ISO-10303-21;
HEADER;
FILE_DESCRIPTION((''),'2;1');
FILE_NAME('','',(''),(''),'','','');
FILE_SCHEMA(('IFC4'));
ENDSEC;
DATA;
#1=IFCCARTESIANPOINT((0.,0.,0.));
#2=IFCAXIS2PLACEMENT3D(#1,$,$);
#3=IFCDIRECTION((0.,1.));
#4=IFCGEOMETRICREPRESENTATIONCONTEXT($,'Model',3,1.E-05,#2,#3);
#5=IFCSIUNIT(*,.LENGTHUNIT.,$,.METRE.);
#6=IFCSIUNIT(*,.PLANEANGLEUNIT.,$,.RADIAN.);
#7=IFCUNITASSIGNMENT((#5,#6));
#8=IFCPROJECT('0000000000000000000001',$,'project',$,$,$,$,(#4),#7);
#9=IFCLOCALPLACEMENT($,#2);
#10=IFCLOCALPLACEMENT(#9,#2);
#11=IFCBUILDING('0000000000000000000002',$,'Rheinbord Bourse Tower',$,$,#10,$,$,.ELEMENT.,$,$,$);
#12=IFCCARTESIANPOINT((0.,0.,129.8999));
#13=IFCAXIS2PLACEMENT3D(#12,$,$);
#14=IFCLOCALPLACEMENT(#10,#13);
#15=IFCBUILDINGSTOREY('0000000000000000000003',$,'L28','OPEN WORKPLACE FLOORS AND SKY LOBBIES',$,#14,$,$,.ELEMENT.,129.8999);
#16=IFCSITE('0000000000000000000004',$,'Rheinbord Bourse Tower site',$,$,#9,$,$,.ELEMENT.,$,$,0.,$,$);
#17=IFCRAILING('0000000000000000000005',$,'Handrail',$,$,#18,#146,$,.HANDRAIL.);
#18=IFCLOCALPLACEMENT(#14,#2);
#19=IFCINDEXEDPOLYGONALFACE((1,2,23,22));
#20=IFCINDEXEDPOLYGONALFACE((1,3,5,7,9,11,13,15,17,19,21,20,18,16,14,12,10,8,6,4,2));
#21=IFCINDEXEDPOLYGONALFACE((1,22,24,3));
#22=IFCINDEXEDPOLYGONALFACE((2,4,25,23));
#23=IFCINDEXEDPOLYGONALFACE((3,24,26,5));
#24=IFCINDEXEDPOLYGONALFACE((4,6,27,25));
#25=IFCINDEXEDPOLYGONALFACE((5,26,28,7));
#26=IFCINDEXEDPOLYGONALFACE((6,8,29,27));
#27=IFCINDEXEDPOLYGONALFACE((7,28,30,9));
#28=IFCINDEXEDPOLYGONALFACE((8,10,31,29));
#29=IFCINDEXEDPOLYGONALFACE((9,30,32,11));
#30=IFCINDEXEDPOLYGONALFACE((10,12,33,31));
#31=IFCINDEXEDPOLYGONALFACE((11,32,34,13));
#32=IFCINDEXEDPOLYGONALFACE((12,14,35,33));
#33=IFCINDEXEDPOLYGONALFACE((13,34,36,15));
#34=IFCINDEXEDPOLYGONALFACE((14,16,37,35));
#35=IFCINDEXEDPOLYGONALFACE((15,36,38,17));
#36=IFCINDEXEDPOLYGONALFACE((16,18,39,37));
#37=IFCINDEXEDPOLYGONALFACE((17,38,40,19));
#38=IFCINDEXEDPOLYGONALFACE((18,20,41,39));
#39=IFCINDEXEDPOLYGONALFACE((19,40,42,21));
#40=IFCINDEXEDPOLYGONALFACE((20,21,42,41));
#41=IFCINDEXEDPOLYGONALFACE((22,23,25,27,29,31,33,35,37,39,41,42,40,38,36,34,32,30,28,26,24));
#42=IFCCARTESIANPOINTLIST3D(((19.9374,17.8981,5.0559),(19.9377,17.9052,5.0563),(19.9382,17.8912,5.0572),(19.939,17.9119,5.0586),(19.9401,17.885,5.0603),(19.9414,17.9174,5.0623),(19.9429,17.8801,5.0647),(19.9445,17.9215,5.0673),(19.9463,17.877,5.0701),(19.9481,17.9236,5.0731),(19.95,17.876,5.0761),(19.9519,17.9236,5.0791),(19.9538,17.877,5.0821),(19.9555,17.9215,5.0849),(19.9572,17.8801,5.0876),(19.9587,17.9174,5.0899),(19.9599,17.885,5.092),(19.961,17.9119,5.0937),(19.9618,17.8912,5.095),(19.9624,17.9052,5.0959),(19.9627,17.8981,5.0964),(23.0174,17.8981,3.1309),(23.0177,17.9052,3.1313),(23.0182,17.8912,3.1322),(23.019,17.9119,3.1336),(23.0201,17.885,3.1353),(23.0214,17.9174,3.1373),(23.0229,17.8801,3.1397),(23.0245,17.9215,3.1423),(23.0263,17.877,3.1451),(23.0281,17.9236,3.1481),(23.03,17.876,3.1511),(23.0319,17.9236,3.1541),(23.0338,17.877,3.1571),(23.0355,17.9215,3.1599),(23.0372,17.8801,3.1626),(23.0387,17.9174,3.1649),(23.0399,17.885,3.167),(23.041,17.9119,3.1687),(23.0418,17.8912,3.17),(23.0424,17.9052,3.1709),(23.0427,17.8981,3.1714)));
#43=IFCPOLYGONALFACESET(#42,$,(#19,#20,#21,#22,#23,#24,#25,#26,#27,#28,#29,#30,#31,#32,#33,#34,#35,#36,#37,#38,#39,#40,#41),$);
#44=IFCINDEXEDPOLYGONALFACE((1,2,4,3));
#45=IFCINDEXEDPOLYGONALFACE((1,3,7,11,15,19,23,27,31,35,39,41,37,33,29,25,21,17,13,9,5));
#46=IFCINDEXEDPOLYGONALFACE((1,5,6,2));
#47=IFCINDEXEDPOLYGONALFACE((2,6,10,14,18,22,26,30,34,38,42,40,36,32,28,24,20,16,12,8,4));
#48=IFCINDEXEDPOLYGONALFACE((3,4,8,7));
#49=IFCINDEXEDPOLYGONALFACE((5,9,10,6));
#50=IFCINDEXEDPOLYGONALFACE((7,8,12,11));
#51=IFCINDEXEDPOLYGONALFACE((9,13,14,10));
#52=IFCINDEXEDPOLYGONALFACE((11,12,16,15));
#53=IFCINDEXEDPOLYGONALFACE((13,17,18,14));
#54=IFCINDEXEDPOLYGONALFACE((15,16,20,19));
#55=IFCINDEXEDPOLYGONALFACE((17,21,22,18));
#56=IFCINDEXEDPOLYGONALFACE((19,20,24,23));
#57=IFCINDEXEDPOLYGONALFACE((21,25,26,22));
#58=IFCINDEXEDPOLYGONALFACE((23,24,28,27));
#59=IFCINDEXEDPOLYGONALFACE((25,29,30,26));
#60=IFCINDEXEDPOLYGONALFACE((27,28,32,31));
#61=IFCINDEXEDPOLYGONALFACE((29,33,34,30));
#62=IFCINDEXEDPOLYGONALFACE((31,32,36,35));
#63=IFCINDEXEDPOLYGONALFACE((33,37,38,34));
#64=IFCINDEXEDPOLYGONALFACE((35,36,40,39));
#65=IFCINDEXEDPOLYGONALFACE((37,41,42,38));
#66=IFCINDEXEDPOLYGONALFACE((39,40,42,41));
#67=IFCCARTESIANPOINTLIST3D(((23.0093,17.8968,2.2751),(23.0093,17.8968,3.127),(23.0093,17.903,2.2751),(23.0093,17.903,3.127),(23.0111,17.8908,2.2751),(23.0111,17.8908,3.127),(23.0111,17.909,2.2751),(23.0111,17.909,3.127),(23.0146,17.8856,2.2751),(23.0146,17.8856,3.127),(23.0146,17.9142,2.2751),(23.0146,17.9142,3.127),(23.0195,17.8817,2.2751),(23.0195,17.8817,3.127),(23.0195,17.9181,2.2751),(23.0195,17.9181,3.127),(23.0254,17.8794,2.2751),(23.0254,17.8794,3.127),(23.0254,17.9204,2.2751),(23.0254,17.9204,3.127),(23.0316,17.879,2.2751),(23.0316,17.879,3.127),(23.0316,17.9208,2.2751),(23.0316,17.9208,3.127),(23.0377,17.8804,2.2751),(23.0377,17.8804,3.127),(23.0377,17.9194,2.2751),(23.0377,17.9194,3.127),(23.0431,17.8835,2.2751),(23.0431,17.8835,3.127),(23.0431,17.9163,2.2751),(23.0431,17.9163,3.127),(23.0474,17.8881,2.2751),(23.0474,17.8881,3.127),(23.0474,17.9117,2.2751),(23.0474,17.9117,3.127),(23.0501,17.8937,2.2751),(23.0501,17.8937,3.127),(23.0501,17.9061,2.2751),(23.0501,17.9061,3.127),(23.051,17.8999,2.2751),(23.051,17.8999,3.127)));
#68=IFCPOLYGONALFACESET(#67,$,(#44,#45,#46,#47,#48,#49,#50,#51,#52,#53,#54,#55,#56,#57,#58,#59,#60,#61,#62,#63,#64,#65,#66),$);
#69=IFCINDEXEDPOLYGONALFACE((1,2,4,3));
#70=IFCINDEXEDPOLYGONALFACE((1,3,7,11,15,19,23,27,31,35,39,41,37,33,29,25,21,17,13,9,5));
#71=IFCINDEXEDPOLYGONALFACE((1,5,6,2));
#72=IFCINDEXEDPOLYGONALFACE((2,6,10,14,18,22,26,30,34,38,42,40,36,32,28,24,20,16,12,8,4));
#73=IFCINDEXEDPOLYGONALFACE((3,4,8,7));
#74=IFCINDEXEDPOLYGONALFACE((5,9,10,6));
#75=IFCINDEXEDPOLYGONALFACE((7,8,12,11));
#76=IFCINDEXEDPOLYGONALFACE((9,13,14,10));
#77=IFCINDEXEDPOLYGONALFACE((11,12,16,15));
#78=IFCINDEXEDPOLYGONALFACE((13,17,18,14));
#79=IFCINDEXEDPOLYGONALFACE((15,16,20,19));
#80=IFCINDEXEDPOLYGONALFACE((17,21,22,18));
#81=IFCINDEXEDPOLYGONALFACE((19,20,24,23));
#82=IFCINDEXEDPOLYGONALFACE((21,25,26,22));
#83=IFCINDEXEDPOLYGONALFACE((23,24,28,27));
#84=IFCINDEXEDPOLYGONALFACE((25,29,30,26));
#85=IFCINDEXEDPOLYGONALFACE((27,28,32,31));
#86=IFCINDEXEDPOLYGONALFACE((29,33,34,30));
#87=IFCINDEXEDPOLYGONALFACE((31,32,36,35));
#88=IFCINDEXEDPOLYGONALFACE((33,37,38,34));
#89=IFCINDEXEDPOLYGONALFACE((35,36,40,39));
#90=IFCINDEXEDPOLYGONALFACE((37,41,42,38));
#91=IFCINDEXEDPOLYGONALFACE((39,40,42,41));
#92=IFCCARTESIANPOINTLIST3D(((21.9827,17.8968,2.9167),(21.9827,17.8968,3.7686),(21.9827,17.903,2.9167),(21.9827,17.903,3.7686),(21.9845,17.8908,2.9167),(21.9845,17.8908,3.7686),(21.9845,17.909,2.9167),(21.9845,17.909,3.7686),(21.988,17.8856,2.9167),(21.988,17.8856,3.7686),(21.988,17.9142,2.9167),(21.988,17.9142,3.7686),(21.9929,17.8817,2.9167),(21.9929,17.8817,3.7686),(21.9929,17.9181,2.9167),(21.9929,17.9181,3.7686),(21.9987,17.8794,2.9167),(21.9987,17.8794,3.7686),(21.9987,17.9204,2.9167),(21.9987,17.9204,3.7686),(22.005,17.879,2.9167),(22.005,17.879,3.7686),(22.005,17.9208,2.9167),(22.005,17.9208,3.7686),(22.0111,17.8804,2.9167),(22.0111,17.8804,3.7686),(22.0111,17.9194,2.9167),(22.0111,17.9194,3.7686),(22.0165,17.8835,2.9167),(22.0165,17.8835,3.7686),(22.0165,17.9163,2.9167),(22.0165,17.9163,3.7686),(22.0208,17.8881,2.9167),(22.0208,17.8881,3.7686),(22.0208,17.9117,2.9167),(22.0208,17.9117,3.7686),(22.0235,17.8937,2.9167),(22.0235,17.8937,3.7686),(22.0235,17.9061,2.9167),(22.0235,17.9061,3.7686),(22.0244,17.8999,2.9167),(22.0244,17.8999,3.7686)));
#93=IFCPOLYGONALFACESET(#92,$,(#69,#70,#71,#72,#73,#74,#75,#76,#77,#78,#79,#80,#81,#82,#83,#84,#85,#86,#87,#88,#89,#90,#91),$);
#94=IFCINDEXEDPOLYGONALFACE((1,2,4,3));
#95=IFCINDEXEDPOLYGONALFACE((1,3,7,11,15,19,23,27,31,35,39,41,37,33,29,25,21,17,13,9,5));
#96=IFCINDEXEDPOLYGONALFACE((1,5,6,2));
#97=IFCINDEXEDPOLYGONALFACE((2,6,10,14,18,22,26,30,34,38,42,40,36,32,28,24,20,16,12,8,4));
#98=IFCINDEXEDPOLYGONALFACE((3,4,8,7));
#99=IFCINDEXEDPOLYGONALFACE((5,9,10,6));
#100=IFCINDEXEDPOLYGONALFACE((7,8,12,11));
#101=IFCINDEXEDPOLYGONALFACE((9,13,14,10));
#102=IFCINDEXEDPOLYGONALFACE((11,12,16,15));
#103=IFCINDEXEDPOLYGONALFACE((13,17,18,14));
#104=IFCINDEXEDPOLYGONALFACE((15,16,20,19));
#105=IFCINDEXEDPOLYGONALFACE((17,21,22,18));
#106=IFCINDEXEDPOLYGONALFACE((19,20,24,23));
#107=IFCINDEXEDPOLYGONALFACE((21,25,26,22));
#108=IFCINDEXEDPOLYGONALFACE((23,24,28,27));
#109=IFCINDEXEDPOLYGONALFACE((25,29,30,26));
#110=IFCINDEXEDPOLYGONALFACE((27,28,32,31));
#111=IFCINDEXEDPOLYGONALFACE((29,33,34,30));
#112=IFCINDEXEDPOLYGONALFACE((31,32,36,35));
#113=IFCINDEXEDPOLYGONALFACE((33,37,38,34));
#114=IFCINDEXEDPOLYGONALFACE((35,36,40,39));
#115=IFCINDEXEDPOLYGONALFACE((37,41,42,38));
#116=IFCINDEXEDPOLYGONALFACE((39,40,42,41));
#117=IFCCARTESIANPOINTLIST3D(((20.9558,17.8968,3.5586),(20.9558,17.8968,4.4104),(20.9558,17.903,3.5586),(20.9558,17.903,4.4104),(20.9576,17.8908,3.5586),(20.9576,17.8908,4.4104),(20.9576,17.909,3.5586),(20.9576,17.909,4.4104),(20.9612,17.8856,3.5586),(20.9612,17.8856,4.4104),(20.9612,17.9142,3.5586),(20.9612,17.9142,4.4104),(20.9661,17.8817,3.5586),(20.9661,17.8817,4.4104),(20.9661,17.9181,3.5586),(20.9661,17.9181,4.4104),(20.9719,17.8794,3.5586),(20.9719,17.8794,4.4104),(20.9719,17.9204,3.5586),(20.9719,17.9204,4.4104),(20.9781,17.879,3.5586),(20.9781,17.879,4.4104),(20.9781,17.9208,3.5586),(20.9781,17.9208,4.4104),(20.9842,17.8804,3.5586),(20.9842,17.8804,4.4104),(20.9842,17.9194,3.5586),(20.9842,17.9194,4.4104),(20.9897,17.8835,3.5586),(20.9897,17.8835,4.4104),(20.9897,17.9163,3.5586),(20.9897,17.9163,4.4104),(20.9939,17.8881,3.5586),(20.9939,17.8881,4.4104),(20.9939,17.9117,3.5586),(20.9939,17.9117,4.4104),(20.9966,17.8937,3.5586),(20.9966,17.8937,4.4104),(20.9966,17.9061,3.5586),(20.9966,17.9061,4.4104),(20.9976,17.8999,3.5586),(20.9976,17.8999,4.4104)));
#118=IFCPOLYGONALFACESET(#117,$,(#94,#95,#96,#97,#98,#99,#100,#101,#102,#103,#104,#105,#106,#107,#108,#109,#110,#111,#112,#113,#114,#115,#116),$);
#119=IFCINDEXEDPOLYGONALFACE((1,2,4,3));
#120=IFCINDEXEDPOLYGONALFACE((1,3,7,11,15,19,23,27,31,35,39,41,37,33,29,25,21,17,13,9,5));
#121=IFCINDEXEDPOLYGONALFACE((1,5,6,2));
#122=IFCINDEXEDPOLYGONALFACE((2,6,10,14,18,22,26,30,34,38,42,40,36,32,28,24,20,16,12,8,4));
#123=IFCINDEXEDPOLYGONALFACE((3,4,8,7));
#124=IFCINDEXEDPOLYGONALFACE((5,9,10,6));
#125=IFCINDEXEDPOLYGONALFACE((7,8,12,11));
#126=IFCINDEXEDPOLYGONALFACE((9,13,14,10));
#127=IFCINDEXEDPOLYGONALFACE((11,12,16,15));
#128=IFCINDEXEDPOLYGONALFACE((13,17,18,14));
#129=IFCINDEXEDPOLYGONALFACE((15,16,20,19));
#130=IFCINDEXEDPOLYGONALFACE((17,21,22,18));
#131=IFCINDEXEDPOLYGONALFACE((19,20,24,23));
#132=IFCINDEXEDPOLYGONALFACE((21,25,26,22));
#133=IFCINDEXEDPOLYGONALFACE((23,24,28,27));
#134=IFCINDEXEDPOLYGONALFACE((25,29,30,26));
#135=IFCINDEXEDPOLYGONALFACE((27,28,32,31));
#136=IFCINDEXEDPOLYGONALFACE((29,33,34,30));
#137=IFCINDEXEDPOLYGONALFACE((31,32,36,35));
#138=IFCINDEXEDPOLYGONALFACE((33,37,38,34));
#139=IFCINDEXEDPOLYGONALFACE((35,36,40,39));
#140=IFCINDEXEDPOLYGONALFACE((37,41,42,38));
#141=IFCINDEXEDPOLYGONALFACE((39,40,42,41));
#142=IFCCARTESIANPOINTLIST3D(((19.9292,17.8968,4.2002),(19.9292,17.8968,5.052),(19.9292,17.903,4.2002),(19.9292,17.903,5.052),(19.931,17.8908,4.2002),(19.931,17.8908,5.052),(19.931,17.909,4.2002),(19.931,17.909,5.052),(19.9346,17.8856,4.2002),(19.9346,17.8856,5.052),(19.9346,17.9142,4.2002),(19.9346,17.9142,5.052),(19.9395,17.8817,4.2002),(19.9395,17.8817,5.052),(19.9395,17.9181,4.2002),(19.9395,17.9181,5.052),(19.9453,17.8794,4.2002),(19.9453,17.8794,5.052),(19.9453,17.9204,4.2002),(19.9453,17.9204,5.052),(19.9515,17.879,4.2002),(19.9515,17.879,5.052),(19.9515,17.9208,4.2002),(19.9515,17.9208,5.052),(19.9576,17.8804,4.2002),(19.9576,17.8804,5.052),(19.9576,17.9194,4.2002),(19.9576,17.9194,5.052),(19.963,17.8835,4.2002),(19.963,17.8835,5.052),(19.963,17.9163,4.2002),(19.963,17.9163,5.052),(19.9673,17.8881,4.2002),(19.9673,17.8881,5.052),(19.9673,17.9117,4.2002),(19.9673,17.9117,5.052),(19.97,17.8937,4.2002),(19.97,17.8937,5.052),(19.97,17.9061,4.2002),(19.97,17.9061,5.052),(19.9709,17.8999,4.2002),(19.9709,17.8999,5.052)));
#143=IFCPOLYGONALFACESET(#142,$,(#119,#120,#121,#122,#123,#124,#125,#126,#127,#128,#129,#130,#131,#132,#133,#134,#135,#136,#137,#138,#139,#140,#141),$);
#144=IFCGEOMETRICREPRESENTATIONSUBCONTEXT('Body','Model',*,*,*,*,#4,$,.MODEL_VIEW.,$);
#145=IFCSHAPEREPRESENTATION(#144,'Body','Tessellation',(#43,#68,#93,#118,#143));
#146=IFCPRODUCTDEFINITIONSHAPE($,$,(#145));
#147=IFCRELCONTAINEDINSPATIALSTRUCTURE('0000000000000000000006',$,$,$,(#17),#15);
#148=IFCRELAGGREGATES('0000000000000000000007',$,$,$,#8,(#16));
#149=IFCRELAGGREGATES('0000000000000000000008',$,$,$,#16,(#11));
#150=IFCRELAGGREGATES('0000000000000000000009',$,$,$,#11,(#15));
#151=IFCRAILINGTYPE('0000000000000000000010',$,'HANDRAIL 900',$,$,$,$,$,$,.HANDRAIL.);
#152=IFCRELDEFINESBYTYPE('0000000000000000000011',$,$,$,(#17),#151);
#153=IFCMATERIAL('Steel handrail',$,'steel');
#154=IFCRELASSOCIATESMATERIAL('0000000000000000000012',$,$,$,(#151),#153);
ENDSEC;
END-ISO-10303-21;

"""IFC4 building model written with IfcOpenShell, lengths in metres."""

from ifc_helpers import new_model, si_unit, direction, frame, origin, origin_2d, place, context, subcontext, project, spatial, circle, extrude, material, type_object, element, save


model = new_model("IFC4")

# Units and contexts
model_context = context("Model", 3, precision=1e-05, world=origin(), true_north=direction((0.0, 1.0)))
body_context = subcontext(model_context, "Body", "Model", "MODEL_VIEW")
ifc_project = project(units=[si_unit("LENGTHUNIT", "METRE"), si_unit("PLANEANGLEUNIT", "RADIAN")], contexts=[model_context])

# Site, building, storey
site_placement = place(None, origin())
site = spatial("IfcSite", under=ifc_project, at=site_placement, Name="Rheinbord Bourse Tower site", CompositionType="ELEMENT", RefElevation=0.0)
building_placement = place(site_placement, origin())
building = spatial("IfcBuilding", under=site, at=building_placement, Name="Rheinbord Bourse Tower", CompositionType="ELEMENT")
storey_placement = place(building_placement, frame((0.0, 0.0, 129.8999)))
storey = spatial("IfcBuildingStorey", under=building, at=storey_placement, Name="L28", Description="OPEN WORKPLACE FLOORS AND SKY LOBBIES", CompositionType="ELEMENT", Elevation=129.8999)

# Railing
ifc_material_1 = material(Name="Steel handrail", Category="steel")
railing_type = type_object("IfcRailingType", Name="HANDRAIL 900", PredefinedType="HANDRAIL", material=ifc_material_1)
railing_1_placement = place(storey_placement, frame((23.03, 17.8999, 2.2751)))
element("IfcRailing", 1, at=railing_1_placement, inside=storey, type_object=railing_type, Name="Handrail", PredefinedType="HANDRAIL", context=body_context, shape_type="SweptSolid", body=[
    extrude(circle(Radius=0.0239, at=origin_2d()), frame((0.0, 0.0, 0.876), z_axis=(-0.847998, 0.0, 0.529999), x_axis=(0.0, -1.0, 0.0)), (0.0, 0.0, 1.0), 3.6321),
    extrude(circle(Radius=0.021, at=origin_2d()), origin(), (0.0, 0.0, 1.0), 0.8518),
    extrude(circle(Radius=0.021, at=origin_2d()), frame((-1.0266, 0.0, 0.6416)), (0.0, 0.0, 1.0), 0.8518),
    extrude(circle(Radius=0.021, at=origin_2d()), frame((-2.0535, 0.0, 1.2834)), (0.0, 0.0, 1.0), 0.8518),
    extrude(circle(Radius=0.021, at=origin_2d()), frame((-3.0801, 0.0, 1.925)), (0.0, 0.0, 1.0), 0.8518),
])

save(model, "model.ifc")
